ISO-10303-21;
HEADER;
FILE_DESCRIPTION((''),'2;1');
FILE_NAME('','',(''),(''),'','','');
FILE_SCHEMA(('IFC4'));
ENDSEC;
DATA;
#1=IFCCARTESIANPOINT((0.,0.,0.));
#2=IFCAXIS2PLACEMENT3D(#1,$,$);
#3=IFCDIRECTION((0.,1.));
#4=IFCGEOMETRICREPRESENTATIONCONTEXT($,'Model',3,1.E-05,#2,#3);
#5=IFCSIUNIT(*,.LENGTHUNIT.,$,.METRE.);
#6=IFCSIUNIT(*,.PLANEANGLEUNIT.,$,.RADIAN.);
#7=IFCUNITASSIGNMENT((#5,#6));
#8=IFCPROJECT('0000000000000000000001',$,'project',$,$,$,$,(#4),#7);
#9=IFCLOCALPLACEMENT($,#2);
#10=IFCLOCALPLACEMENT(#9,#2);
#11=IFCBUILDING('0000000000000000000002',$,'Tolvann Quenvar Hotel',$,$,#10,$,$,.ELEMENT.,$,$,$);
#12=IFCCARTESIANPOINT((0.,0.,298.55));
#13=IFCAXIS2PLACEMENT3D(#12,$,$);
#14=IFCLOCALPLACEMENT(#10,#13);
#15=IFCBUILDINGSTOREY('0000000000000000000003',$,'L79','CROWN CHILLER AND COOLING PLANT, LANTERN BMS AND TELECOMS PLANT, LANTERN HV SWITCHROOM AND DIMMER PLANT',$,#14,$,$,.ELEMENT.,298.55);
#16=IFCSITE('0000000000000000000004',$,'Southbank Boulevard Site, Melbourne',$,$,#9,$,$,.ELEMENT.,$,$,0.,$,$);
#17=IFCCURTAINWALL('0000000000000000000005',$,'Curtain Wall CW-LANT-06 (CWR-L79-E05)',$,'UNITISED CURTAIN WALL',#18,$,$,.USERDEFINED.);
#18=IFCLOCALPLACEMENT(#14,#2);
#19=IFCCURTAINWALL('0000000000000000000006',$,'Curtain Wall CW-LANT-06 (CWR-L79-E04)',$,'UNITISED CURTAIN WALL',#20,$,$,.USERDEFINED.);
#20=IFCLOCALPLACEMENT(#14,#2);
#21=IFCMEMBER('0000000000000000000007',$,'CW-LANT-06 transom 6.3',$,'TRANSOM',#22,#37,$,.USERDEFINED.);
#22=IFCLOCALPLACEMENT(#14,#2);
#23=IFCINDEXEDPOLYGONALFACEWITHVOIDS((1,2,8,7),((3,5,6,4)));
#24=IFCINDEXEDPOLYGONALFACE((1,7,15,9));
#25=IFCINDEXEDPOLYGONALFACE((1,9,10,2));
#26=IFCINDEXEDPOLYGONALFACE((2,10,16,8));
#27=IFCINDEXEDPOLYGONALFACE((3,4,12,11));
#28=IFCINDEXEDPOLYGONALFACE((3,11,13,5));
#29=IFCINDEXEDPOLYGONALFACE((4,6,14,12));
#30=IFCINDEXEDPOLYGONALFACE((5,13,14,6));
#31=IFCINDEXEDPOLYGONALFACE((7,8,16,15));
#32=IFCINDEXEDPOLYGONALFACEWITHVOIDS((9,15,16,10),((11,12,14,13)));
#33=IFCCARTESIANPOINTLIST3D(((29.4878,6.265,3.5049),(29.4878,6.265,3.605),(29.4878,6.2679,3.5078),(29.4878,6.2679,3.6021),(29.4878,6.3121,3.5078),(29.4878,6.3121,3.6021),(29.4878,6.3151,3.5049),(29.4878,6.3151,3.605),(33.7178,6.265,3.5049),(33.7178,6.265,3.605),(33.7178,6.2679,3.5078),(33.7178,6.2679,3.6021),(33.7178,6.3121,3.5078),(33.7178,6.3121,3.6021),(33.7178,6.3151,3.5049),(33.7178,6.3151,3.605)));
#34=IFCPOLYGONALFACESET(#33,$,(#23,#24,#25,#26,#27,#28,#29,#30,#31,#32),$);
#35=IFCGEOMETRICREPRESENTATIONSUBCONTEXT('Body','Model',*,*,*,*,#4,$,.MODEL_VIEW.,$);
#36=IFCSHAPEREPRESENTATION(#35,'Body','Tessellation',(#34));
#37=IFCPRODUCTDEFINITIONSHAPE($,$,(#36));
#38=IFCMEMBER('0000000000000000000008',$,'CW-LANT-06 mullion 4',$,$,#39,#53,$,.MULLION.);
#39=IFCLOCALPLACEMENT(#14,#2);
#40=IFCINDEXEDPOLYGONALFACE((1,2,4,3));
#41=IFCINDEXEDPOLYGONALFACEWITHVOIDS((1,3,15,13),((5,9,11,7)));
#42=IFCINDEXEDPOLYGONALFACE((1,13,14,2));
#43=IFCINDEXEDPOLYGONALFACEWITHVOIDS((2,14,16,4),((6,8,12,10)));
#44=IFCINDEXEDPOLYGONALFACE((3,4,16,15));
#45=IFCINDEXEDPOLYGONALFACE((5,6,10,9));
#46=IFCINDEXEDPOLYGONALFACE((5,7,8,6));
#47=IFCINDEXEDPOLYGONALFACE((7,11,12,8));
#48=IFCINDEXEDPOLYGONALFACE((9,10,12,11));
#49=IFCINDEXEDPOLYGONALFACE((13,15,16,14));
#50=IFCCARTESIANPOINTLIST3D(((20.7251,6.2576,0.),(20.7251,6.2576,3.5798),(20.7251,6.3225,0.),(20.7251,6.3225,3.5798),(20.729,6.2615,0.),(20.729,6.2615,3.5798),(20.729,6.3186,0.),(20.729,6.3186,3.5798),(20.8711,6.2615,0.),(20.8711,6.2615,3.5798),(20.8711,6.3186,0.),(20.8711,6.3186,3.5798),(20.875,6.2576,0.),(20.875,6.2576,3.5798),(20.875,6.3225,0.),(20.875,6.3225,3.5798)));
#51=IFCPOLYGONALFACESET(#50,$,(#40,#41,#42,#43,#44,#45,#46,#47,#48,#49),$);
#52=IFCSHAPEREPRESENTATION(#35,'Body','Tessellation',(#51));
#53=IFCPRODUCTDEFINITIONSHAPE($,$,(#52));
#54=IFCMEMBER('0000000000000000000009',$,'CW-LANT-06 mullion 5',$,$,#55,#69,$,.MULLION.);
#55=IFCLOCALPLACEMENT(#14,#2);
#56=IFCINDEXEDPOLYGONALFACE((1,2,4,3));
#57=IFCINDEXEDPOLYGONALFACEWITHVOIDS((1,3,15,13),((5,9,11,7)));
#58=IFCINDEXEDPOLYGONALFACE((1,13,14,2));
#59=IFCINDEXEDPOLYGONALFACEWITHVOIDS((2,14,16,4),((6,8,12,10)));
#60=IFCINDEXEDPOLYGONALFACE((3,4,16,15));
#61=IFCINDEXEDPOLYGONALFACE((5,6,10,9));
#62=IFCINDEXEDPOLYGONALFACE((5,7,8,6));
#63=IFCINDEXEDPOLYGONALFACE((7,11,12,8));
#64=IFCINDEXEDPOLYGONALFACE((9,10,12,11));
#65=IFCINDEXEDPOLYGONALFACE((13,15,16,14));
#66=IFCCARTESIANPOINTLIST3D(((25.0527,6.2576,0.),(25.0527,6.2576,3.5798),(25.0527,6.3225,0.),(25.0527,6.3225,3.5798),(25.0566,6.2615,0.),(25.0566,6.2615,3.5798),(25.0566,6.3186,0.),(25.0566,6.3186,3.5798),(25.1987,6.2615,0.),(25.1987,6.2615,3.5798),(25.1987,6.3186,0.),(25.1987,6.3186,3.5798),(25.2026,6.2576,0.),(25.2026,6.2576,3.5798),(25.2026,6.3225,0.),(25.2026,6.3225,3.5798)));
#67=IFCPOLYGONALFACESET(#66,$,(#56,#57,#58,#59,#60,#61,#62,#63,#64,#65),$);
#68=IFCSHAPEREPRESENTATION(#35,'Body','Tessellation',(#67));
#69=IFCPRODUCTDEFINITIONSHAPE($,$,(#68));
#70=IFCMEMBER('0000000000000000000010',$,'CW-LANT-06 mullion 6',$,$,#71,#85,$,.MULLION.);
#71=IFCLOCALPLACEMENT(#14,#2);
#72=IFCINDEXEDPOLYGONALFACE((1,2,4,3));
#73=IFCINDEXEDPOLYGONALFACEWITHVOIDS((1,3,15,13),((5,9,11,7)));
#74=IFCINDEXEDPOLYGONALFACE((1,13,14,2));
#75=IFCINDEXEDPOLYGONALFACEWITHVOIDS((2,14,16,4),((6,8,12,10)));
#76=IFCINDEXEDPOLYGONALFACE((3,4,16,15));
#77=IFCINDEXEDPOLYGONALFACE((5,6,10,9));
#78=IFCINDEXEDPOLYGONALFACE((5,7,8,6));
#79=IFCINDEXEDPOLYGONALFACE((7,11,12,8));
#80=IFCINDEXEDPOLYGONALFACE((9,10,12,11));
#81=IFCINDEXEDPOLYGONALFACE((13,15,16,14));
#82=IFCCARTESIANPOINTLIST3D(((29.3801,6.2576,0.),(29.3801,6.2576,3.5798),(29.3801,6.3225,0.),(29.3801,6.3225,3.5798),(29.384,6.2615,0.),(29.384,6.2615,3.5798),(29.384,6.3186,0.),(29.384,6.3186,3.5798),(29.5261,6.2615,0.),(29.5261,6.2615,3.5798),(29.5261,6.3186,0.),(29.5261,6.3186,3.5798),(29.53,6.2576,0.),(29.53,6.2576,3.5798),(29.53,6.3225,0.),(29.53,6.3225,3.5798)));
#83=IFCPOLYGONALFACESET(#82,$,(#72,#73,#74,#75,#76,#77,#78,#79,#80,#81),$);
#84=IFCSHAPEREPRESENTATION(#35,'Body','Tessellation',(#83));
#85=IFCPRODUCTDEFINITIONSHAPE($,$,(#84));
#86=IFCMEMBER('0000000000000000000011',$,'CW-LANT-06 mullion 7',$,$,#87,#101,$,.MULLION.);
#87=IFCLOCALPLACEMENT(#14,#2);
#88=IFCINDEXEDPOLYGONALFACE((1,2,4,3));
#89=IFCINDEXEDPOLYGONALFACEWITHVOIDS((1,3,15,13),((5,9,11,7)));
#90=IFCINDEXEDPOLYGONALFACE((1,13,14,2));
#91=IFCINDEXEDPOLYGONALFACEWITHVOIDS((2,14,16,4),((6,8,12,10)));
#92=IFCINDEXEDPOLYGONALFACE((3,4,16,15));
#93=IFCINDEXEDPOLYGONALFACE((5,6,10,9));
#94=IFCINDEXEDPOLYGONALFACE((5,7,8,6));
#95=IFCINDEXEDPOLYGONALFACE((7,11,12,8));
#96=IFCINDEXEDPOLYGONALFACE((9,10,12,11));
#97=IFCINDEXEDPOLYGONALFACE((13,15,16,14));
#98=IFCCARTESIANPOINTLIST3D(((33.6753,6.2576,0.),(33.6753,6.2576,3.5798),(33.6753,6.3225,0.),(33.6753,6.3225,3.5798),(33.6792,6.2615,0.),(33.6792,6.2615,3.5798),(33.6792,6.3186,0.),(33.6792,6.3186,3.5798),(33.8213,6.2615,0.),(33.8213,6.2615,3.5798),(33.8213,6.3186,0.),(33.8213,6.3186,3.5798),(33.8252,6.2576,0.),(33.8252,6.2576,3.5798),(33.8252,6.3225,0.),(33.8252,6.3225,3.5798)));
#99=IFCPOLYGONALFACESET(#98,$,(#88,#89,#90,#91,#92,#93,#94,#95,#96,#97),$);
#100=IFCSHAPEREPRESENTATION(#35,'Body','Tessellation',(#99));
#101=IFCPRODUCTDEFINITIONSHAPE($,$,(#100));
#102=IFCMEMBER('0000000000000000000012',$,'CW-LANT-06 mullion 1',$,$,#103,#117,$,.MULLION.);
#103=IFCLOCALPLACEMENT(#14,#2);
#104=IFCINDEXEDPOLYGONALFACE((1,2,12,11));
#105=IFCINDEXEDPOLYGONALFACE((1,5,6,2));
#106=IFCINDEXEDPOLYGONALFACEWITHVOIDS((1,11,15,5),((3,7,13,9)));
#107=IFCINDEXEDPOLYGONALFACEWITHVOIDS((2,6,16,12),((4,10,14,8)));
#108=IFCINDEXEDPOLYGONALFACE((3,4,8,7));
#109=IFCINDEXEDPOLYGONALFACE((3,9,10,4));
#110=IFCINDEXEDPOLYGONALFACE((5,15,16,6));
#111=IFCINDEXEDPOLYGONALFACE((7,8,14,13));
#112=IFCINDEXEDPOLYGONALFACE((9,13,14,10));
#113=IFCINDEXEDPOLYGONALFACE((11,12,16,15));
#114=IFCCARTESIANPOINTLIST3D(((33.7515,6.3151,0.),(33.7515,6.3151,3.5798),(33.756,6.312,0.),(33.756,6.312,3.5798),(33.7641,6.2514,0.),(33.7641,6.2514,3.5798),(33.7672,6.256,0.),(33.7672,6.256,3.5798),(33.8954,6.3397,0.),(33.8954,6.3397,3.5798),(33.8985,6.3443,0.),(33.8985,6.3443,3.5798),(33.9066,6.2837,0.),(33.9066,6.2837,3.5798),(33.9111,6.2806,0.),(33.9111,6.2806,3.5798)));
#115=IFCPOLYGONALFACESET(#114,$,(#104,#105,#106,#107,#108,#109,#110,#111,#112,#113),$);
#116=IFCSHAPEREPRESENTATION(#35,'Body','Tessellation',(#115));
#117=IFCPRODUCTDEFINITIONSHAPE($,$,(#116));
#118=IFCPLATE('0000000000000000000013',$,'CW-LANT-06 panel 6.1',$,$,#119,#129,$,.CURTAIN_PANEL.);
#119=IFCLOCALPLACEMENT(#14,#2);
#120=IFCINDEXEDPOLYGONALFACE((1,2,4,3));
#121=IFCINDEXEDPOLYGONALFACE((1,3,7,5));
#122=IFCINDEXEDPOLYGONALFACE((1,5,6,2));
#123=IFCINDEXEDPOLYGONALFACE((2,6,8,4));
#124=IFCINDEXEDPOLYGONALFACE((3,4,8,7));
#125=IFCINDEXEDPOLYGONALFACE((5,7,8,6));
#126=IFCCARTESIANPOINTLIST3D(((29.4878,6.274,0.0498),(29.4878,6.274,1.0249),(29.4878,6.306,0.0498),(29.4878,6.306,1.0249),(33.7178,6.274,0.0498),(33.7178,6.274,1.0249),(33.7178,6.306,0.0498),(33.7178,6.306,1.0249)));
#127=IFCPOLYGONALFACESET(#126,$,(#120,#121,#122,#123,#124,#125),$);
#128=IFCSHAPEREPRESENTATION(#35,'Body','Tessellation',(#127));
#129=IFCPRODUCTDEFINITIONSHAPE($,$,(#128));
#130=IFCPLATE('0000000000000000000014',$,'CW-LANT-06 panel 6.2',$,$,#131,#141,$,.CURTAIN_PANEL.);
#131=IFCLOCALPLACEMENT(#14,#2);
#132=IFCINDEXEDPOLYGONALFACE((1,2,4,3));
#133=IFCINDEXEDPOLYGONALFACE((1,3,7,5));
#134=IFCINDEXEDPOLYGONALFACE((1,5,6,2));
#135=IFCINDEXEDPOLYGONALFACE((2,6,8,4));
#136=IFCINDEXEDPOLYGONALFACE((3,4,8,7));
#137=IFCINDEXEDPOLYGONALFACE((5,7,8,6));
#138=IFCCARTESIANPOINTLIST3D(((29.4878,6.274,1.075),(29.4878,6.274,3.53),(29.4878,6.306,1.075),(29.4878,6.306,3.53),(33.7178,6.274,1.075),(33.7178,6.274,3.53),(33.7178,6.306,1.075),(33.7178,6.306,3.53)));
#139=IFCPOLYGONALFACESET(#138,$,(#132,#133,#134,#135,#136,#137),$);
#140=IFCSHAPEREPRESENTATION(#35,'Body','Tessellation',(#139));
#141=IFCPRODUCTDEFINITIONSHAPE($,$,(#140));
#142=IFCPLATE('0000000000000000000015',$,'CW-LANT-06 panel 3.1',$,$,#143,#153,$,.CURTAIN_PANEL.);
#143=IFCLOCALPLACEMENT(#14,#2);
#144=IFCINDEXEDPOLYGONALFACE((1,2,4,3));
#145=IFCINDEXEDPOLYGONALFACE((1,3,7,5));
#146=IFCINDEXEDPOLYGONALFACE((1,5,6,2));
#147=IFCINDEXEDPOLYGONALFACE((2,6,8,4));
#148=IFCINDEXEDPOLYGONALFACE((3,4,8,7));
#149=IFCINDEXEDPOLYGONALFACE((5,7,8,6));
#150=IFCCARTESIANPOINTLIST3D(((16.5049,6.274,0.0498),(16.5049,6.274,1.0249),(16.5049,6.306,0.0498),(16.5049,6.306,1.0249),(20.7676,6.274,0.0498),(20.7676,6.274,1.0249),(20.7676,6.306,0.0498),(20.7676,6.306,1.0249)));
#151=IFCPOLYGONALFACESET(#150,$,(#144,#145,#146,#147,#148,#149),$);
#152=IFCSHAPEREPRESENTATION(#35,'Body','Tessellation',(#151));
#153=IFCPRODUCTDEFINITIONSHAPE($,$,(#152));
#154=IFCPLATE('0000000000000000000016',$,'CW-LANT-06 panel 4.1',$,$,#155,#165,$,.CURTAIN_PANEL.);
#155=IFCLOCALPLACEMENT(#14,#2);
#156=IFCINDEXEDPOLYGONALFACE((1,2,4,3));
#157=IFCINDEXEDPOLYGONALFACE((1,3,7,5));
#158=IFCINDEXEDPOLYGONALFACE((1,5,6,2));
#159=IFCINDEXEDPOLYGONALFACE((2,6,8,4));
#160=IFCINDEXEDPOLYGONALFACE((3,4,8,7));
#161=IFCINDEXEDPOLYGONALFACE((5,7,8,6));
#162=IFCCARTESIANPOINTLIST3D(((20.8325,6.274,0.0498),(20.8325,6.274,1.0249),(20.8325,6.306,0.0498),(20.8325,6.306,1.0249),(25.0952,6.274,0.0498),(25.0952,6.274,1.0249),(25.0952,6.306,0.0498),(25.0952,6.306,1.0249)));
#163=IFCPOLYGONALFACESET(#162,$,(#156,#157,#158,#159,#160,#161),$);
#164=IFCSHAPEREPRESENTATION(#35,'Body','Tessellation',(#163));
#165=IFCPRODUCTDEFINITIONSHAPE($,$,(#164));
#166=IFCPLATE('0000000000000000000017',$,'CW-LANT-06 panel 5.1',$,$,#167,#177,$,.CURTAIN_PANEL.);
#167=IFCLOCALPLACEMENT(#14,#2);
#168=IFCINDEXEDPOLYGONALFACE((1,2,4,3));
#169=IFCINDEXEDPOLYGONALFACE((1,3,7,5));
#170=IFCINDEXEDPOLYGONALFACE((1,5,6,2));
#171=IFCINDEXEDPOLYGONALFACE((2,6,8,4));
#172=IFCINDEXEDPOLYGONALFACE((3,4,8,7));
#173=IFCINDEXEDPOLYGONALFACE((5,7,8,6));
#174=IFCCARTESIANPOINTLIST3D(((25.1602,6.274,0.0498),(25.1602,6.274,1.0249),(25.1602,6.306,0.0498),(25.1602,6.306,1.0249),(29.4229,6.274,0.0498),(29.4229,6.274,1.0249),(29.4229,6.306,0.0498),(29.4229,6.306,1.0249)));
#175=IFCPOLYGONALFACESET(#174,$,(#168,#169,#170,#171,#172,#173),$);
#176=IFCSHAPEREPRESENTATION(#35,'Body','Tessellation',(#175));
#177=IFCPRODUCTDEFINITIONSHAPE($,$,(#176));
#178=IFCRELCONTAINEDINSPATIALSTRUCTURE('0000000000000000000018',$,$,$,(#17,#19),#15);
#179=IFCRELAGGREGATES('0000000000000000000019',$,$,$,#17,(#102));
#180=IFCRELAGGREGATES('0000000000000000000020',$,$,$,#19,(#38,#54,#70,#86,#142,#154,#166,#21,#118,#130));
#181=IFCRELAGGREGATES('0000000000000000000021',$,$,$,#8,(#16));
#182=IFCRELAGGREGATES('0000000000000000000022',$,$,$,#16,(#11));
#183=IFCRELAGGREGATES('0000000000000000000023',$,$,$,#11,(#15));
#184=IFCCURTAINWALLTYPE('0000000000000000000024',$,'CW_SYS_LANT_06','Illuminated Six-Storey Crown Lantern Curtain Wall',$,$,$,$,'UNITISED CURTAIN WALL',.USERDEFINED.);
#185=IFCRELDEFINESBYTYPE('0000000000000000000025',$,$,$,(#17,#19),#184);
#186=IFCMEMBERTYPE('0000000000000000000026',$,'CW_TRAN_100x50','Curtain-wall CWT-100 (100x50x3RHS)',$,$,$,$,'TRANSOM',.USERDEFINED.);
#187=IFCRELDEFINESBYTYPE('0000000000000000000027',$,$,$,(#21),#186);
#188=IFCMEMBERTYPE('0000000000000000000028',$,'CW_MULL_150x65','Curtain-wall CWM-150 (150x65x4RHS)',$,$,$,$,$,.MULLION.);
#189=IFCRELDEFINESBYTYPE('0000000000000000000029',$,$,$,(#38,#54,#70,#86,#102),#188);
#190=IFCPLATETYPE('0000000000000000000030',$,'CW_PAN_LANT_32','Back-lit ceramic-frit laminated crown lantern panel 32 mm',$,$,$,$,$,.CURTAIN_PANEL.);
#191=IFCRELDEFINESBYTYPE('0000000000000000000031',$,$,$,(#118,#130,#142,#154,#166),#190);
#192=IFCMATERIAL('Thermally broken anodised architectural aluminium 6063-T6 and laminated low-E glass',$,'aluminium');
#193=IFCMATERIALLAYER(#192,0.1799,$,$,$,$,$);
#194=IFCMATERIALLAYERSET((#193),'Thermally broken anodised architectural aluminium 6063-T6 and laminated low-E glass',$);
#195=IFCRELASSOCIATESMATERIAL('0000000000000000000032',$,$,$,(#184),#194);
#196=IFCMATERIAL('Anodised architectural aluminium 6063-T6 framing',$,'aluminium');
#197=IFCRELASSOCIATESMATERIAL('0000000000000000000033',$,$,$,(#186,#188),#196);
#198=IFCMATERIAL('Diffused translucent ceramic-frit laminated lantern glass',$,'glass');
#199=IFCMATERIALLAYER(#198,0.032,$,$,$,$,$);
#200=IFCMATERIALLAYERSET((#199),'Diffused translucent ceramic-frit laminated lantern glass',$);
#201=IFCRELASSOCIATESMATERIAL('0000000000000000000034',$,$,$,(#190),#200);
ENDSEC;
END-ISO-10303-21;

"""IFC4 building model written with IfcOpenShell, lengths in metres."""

from ifc_helpers import new_model, si_unit, direction, frame, origin, origin_2d, place, context, subcontext, project, spatial, rectangle, hollow_rectangle, extrude, source, transform, mapped, material, layer, layer_set, material_profile, profile_set, type_object, type_shapes, element, aggregate, save


model = new_model("IFC4")

# Units and contexts
model_context = context("Model", 3, precision=1e-05, world=origin(), true_north=direction((0.0, 1.0)))
body_context = subcontext(model_context, "Body", "Model", "MODEL_VIEW")
ifc_project = project(units=[si_unit("LENGTHUNIT", "METRE"), si_unit("PLANEANGLEUNIT", "RADIAN")], contexts=[model_context])

# Site, building, storey
site_placement = place(None, origin())
site = spatial("IfcSite", under=ifc_project, at=site_placement, Name="Southbank Boulevard Site, Melbourne", CompositionType="ELEMENT", RefElevation=0.0)
building_placement = place(site_placement, origin())
building = spatial("IfcBuilding", under=site, at=building_placement, Name="Tolvann Quenvar Hotel", CompositionType="ELEMENT")
storey_placement = place(building_placement, frame((0.0, 0.0, 298.55)))
storey = spatial("IfcBuildingStorey", under=building, at=storey_placement, Name="L79", Description="CROWN CHILLER AND COOLING PLANT, LANTERN BMS AND TELECOMS PLANT, LANTERN HV SWITCHROOM AND DIMMER PLANT", CompositionType="ELEMENT", Elevation=298.55)

# Curtain wall
ifc_material_1 = material(Name="Thermally broken anodised architectural aluminium 6063-T6 and laminated low-E glass", Category="aluminium")
ifc_layer_1 = layer(ifc_material_1, 0.1799)
ifc_layer_set_1 = layer_set([ifc_layer_1], Name="Thermally broken anodised architectural aluminium 6063-T6 and laminated low-E glass")
curtain_wall_type = type_object("IfcCurtainWallType", Name="CW_SYS_LANT_06", Description="Illuminated Six-Storey Crown Lantern Curtain Wall", ElementType="UNITISED CURTAIN WALL", PredefinedType="USERDEFINED", material=ifc_layer_set_1)
curtain_wall_1_placement = place(storey_placement, origin())
curtain_wall_1 = element("IfcCurtainWall", 1, at=curtain_wall_1_placement, inside=storey, type_object=curtain_wall_type, Name="Curtain Wall CW-LANT-06 (CWR-L79-E05)", ObjectType="UNITISED CURTAIN WALL", PredefinedType="USERDEFINED")
ifc_material_2 = material(Name="Anodised architectural aluminium 6063-T6 framing", Category="aluminium")
ifc_material_profile_1 = material_profile(ifc_material_2, hollow_rectangle(XDim=0.05, YDim=0.1001, WallThickness=0.0029, at=origin_2d()), Name="100x50x3RHS")
ifc_profile_set_1 = profile_set([ifc_material_profile_1], Name="Anodised architectural aluminium 6063-T6 framing")
member_type_1 = type_object("IfcMemberType", Name="CW_TRAN_100x50", Description="Curtain-wall CWT-100 (100x50x3RHS)", ElementType="TRANSOM", PredefinedType="USERDEFINED", material=ifc_profile_set_1)

# Curtain wall, members
curtain_wall_2_placement = place(storey_placement, origin())
curtain_wall_2 = element("IfcCurtainWall", 2, at=curtain_wall_2_placement, inside=storey, type_object=curtain_wall_type, Name="Curtain Wall CW-LANT-06 (CWR-L79-E04)", ObjectType="UNITISED CURTAIN WALL", PredefinedType="USERDEFINED")
shared_shape_1 = source(origin(), body_context, "Body", "SweptSolid", [
    extrude(hollow_rectangle(XDim=0.05, YDim=0.1001, WallThickness=0.0029, at=origin_2d()), origin(), (0.0, 0.0, 1.0), 4.23),
])
member_1_placement = place(storey_placement, frame((29.4878, 6.29, 3.5549), z_axis=(1.0, 0.0, 0.0), x_axis=(0.0, 1.0, 0.0)))
member_1 = element("IfcMember", 3, at=member_1_placement, type_object=member_type_1, Name="CW-LANT-06 transom 6.3", ObjectType="TRANSOM", PredefinedType="USERDEFINED", context=body_context, shape_type="MappedRepresentation", body=[
    mapped(shared_shape_1, transform((0.0, 0.0, 0.0), x_axis=(1.0, 0.0, 0.0), y_axis=(0.0, 1.0, 0.0), z_axis=(0.0, 0.0, 1.0), scale=1.0)),
])
ifc_material_profile_2 = material_profile(ifc_material_2, hollow_rectangle(XDim=0.0649, YDim=0.1499, WallThickness=0.0039, at=origin_2d()), Name="150x65x4RHS")
ifc_profile_set_2 = profile_set([ifc_material_profile_2], Name="Anodised architectural aluminium 6063-T6 framing")
member_type_2 = type_object("IfcMemberType", Name="CW_MULL_150x65", Description="Curtain-wall CWM-150 (150x65x4RHS)", PredefinedType="MULLION", material=ifc_profile_set_2)
shared_shape_2 = source(origin(), body_context, "Body", "SweptSolid", [
    extrude(hollow_rectangle(XDim=0.0649, YDim=0.1499, WallThickness=0.0039, at=origin_2d()), origin(), (0.0, 0.0, 1.0), 3.5798),
])
type_shapes(member_type_2, [shared_shape_2])
member_2_placement = place(storey_placement, frame((20.8, 6.29, 0.0), z_axis=(0.0, 0.0, 1.0), x_axis=(0.0, 1.0, 0.0)))
member_2 = element("IfcMember", 4, at=member_2_placement, type_object=member_type_2, Name="CW-LANT-06 mullion 4", PredefinedType="MULLION", context=body_context, shape_type="MappedRepresentation", body=[
    mapped(shared_shape_2, transform((0.0, 0.0, 0.0), x_axis=(1.0, 0.0, 0.0), y_axis=(0.0, 1.0, 0.0), z_axis=(0.0, 0.0, 1.0), scale=1.0)),
])
member_3_placement = place(storey_placement, frame((25.1277, 6.29, 0.0), z_axis=(0.0, 0.0, 1.0), x_axis=(0.0, 1.0, 0.0)))
member_3 = element("IfcMember", 5, at=member_3_placement, type_object=member_type_2, Name="CW-LANT-06 mullion 5", PredefinedType="MULLION", context=body_context, shape_type="MappedRepresentation", body=[
    mapped(shared_shape_2, transform((0.0, 0.0, 0.0), x_axis=(1.0, 0.0, 0.0), y_axis=(0.0, 1.0, 0.0), z_axis=(0.0, 0.0, 1.0), scale=1.0)),
])
member_4_placement = place(storey_placement, frame((29.4551, 6.29, 0.0), z_axis=(0.0, 0.0, 1.0), x_axis=(0.0, 1.0, 0.0)))
member_4 = element("IfcMember", 6, at=member_4_placement, type_object=member_type_2, Name="CW-LANT-06 mullion 6", PredefinedType="MULLION", context=body_context, shape_type="MappedRepresentation", body=[
    mapped(shared_shape_2, transform((0.0, 0.0, 0.0), x_axis=(1.0, 0.0, 0.0), y_axis=(0.0, 1.0, 0.0), z_axis=(0.0, 0.0, 1.0), scale=1.0)),
])
member_5_placement = place(storey_placement, frame((33.7502, 6.29, 0.0), z_axis=(0.0, 0.0, 1.0), x_axis=(0.0, 1.0, 0.0)))
member_5 = element("IfcMember", 7, at=member_5_placement, type_object=member_type_2, Name="CW-LANT-06 mullion 7", PredefinedType="MULLION", context=body_context, shape_type="MappedRepresentation", body=[
    mapped(shared_shape_2, transform((0.0, 0.0, 0.0), x_axis=(1.0, 0.0, 0.0), y_axis=(0.0, 1.0, 0.0), z_axis=(0.0, 0.0, 1.0), scale=1.0)),
])

# Member
member_6_placement = place(storey_placement, frame((33.8313, 6.2979, 0.0), z_axis=(0.0, 0.0, 1.0), x_axis=(-0.195062, 0.980791, 0.0)))
member_6 = element("IfcMember", 8, at=member_6_placement, type_object=member_type_2, Name="CW-LANT-06 mullion 1", PredefinedType="MULLION", context=body_context, shape_type="MappedRepresentation", body=[
    mapped(shared_shape_2, transform((0.0, 0.0, 0.0), x_axis=(1.0, 0.0, 0.0), y_axis=(0.0, 1.0, 0.0), z_axis=(0.0, 0.0, 1.0), scale=1.0)),
])
aggregate(curtain_wall_1, [member_6])

# Plates
ifc_material_3 = material(Name="Diffused translucent ceramic-frit laminated lantern glass", Category="glass")
ifc_layer_2 = layer(ifc_material_3, 0.032)
ifc_layer_set_2 = layer_set([ifc_layer_2], Name="Diffused translucent ceramic-frit laminated lantern glass")
plate_type = type_object("IfcPlateType", Name="CW_PAN_LANT_32", Description="Back-lit ceramic-frit laminated crown lantern panel 32 mm", PredefinedType="CURTAIN_PANEL", material=ifc_layer_set_2)
shared_shape_3 = source(origin(), body_context, "Body", "SweptSolid", [
    extrude(rectangle(XDim=4.23, YDim=0.032, at=origin_2d()), origin(), (0.0, 0.0, 1.0), 0.9751),
])
plate_1_placement = place(storey_placement, frame((31.6028, 6.29, 0.0498), z_axis=(0.0, 0.0, 1.0), x_axis=(1.0, 0.0, 0.0)))
plate_1 = element("IfcPlate", 9, at=plate_1_placement, type_object=plate_type, Name="CW-LANT-06 panel 6.1", PredefinedType="CURTAIN_PANEL", context=body_context, shape_type="MappedRepresentation", body=[
    mapped(shared_shape_3, transform((0.0, 0.0, 0.0), x_axis=(1.0, 0.0, 0.0), y_axis=(0.0, 1.0, 0.0), z_axis=(0.0, 0.0, 1.0), scale=1.0)),
])
shared_shape_4 = source(origin(), body_context, "Body", "SweptSolid", [
    extrude(rectangle(XDim=4.23, YDim=0.032, at=origin_2d()), origin(), (0.0, 0.0, 1.0), 2.4551),
])
plate_2_placement = place(storey_placement, frame((31.6028, 6.29, 1.075), z_axis=(0.0, 0.0, 1.0), x_axis=(1.0, 0.0, 0.0)))
plate_2 = element("IfcPlate", 10, at=plate_2_placement, type_object=plate_type, Name="CW-LANT-06 panel 6.2", PredefinedType="CURTAIN_PANEL", context=body_context, shape_type="MappedRepresentation", body=[
    mapped(shared_shape_4, transform((0.0, 0.0, 0.0), x_axis=(1.0, 0.0, 0.0), y_axis=(0.0, 1.0, 0.0), z_axis=(0.0, 0.0, 1.0), scale=1.0)),
])
shared_shape_5 = source(origin(), body_context, "Body", "SweptSolid", [
    extrude(rectangle(XDim=4.2627, YDim=0.032, at=origin_2d()), origin(), (0.0, 0.0, 1.0), 0.9751),
])
plate_3_placement = place(storey_placement, frame((18.6362, 6.29, 0.0498), z_axis=(0.0, 0.0, 1.0), x_axis=(1.0, 0.0, 0.0)))
plate_3 = element("IfcPlate", 11, at=plate_3_placement, type_object=plate_type, Name="CW-LANT-06 panel 3.1", PredefinedType="CURTAIN_PANEL", context=body_context, shape_type="MappedRepresentation", body=[
    mapped(shared_shape_5, transform((0.0, 0.0, 0.0), x_axis=(1.0, 0.0, 0.0), y_axis=(0.0, 1.0, 0.0), z_axis=(0.0, 0.0, 1.0), scale=1.0)),
])
plate_4_placement = place(storey_placement, frame((22.9639, 6.29, 0.0498), z_axis=(0.0, 0.0, 1.0), x_axis=(1.0, 0.0, 0.0)))
plate_4 = element("IfcPlate", 12, at=plate_4_placement, type_object=plate_type, Name="CW-LANT-06 panel 4.1", PredefinedType="CURTAIN_PANEL", context=body_context, shape_type="MappedRepresentation", body=[
    mapped(shared_shape_5, transform((0.0, 0.0, 0.0), x_axis=(1.0, 0.0, 0.0), y_axis=(0.0, 1.0, 0.0), z_axis=(0.0, 0.0, 1.0), scale=1.0)),
])
plate_5_placement = place(storey_placement, frame((27.2915, 6.29, 0.0498), z_axis=(0.0, 0.0, 1.0), x_axis=(1.0, 0.0, 0.0)))
plate_5 = element("IfcPlate", 13, at=plate_5_placement, type_object=plate_type, Name="CW-LANT-06 panel 5.1", PredefinedType="CURTAIN_PANEL", context=body_context, shape_type="MappedRepresentation", body=[
    mapped(shared_shape_5, transform((0.0, 0.0, 0.0), x_axis=(1.0, 0.0, 0.0), y_axis=(0.0, 1.0, 0.0), z_axis=(0.0, 0.0, 1.0), scale=1.0)),
])
aggregate(curtain_wall_2, [member_2, member_3, member_4, member_5, plate_3, plate_4, plate_5, member_1, plate_1, plate_2])

save(model, "model.ifc")
